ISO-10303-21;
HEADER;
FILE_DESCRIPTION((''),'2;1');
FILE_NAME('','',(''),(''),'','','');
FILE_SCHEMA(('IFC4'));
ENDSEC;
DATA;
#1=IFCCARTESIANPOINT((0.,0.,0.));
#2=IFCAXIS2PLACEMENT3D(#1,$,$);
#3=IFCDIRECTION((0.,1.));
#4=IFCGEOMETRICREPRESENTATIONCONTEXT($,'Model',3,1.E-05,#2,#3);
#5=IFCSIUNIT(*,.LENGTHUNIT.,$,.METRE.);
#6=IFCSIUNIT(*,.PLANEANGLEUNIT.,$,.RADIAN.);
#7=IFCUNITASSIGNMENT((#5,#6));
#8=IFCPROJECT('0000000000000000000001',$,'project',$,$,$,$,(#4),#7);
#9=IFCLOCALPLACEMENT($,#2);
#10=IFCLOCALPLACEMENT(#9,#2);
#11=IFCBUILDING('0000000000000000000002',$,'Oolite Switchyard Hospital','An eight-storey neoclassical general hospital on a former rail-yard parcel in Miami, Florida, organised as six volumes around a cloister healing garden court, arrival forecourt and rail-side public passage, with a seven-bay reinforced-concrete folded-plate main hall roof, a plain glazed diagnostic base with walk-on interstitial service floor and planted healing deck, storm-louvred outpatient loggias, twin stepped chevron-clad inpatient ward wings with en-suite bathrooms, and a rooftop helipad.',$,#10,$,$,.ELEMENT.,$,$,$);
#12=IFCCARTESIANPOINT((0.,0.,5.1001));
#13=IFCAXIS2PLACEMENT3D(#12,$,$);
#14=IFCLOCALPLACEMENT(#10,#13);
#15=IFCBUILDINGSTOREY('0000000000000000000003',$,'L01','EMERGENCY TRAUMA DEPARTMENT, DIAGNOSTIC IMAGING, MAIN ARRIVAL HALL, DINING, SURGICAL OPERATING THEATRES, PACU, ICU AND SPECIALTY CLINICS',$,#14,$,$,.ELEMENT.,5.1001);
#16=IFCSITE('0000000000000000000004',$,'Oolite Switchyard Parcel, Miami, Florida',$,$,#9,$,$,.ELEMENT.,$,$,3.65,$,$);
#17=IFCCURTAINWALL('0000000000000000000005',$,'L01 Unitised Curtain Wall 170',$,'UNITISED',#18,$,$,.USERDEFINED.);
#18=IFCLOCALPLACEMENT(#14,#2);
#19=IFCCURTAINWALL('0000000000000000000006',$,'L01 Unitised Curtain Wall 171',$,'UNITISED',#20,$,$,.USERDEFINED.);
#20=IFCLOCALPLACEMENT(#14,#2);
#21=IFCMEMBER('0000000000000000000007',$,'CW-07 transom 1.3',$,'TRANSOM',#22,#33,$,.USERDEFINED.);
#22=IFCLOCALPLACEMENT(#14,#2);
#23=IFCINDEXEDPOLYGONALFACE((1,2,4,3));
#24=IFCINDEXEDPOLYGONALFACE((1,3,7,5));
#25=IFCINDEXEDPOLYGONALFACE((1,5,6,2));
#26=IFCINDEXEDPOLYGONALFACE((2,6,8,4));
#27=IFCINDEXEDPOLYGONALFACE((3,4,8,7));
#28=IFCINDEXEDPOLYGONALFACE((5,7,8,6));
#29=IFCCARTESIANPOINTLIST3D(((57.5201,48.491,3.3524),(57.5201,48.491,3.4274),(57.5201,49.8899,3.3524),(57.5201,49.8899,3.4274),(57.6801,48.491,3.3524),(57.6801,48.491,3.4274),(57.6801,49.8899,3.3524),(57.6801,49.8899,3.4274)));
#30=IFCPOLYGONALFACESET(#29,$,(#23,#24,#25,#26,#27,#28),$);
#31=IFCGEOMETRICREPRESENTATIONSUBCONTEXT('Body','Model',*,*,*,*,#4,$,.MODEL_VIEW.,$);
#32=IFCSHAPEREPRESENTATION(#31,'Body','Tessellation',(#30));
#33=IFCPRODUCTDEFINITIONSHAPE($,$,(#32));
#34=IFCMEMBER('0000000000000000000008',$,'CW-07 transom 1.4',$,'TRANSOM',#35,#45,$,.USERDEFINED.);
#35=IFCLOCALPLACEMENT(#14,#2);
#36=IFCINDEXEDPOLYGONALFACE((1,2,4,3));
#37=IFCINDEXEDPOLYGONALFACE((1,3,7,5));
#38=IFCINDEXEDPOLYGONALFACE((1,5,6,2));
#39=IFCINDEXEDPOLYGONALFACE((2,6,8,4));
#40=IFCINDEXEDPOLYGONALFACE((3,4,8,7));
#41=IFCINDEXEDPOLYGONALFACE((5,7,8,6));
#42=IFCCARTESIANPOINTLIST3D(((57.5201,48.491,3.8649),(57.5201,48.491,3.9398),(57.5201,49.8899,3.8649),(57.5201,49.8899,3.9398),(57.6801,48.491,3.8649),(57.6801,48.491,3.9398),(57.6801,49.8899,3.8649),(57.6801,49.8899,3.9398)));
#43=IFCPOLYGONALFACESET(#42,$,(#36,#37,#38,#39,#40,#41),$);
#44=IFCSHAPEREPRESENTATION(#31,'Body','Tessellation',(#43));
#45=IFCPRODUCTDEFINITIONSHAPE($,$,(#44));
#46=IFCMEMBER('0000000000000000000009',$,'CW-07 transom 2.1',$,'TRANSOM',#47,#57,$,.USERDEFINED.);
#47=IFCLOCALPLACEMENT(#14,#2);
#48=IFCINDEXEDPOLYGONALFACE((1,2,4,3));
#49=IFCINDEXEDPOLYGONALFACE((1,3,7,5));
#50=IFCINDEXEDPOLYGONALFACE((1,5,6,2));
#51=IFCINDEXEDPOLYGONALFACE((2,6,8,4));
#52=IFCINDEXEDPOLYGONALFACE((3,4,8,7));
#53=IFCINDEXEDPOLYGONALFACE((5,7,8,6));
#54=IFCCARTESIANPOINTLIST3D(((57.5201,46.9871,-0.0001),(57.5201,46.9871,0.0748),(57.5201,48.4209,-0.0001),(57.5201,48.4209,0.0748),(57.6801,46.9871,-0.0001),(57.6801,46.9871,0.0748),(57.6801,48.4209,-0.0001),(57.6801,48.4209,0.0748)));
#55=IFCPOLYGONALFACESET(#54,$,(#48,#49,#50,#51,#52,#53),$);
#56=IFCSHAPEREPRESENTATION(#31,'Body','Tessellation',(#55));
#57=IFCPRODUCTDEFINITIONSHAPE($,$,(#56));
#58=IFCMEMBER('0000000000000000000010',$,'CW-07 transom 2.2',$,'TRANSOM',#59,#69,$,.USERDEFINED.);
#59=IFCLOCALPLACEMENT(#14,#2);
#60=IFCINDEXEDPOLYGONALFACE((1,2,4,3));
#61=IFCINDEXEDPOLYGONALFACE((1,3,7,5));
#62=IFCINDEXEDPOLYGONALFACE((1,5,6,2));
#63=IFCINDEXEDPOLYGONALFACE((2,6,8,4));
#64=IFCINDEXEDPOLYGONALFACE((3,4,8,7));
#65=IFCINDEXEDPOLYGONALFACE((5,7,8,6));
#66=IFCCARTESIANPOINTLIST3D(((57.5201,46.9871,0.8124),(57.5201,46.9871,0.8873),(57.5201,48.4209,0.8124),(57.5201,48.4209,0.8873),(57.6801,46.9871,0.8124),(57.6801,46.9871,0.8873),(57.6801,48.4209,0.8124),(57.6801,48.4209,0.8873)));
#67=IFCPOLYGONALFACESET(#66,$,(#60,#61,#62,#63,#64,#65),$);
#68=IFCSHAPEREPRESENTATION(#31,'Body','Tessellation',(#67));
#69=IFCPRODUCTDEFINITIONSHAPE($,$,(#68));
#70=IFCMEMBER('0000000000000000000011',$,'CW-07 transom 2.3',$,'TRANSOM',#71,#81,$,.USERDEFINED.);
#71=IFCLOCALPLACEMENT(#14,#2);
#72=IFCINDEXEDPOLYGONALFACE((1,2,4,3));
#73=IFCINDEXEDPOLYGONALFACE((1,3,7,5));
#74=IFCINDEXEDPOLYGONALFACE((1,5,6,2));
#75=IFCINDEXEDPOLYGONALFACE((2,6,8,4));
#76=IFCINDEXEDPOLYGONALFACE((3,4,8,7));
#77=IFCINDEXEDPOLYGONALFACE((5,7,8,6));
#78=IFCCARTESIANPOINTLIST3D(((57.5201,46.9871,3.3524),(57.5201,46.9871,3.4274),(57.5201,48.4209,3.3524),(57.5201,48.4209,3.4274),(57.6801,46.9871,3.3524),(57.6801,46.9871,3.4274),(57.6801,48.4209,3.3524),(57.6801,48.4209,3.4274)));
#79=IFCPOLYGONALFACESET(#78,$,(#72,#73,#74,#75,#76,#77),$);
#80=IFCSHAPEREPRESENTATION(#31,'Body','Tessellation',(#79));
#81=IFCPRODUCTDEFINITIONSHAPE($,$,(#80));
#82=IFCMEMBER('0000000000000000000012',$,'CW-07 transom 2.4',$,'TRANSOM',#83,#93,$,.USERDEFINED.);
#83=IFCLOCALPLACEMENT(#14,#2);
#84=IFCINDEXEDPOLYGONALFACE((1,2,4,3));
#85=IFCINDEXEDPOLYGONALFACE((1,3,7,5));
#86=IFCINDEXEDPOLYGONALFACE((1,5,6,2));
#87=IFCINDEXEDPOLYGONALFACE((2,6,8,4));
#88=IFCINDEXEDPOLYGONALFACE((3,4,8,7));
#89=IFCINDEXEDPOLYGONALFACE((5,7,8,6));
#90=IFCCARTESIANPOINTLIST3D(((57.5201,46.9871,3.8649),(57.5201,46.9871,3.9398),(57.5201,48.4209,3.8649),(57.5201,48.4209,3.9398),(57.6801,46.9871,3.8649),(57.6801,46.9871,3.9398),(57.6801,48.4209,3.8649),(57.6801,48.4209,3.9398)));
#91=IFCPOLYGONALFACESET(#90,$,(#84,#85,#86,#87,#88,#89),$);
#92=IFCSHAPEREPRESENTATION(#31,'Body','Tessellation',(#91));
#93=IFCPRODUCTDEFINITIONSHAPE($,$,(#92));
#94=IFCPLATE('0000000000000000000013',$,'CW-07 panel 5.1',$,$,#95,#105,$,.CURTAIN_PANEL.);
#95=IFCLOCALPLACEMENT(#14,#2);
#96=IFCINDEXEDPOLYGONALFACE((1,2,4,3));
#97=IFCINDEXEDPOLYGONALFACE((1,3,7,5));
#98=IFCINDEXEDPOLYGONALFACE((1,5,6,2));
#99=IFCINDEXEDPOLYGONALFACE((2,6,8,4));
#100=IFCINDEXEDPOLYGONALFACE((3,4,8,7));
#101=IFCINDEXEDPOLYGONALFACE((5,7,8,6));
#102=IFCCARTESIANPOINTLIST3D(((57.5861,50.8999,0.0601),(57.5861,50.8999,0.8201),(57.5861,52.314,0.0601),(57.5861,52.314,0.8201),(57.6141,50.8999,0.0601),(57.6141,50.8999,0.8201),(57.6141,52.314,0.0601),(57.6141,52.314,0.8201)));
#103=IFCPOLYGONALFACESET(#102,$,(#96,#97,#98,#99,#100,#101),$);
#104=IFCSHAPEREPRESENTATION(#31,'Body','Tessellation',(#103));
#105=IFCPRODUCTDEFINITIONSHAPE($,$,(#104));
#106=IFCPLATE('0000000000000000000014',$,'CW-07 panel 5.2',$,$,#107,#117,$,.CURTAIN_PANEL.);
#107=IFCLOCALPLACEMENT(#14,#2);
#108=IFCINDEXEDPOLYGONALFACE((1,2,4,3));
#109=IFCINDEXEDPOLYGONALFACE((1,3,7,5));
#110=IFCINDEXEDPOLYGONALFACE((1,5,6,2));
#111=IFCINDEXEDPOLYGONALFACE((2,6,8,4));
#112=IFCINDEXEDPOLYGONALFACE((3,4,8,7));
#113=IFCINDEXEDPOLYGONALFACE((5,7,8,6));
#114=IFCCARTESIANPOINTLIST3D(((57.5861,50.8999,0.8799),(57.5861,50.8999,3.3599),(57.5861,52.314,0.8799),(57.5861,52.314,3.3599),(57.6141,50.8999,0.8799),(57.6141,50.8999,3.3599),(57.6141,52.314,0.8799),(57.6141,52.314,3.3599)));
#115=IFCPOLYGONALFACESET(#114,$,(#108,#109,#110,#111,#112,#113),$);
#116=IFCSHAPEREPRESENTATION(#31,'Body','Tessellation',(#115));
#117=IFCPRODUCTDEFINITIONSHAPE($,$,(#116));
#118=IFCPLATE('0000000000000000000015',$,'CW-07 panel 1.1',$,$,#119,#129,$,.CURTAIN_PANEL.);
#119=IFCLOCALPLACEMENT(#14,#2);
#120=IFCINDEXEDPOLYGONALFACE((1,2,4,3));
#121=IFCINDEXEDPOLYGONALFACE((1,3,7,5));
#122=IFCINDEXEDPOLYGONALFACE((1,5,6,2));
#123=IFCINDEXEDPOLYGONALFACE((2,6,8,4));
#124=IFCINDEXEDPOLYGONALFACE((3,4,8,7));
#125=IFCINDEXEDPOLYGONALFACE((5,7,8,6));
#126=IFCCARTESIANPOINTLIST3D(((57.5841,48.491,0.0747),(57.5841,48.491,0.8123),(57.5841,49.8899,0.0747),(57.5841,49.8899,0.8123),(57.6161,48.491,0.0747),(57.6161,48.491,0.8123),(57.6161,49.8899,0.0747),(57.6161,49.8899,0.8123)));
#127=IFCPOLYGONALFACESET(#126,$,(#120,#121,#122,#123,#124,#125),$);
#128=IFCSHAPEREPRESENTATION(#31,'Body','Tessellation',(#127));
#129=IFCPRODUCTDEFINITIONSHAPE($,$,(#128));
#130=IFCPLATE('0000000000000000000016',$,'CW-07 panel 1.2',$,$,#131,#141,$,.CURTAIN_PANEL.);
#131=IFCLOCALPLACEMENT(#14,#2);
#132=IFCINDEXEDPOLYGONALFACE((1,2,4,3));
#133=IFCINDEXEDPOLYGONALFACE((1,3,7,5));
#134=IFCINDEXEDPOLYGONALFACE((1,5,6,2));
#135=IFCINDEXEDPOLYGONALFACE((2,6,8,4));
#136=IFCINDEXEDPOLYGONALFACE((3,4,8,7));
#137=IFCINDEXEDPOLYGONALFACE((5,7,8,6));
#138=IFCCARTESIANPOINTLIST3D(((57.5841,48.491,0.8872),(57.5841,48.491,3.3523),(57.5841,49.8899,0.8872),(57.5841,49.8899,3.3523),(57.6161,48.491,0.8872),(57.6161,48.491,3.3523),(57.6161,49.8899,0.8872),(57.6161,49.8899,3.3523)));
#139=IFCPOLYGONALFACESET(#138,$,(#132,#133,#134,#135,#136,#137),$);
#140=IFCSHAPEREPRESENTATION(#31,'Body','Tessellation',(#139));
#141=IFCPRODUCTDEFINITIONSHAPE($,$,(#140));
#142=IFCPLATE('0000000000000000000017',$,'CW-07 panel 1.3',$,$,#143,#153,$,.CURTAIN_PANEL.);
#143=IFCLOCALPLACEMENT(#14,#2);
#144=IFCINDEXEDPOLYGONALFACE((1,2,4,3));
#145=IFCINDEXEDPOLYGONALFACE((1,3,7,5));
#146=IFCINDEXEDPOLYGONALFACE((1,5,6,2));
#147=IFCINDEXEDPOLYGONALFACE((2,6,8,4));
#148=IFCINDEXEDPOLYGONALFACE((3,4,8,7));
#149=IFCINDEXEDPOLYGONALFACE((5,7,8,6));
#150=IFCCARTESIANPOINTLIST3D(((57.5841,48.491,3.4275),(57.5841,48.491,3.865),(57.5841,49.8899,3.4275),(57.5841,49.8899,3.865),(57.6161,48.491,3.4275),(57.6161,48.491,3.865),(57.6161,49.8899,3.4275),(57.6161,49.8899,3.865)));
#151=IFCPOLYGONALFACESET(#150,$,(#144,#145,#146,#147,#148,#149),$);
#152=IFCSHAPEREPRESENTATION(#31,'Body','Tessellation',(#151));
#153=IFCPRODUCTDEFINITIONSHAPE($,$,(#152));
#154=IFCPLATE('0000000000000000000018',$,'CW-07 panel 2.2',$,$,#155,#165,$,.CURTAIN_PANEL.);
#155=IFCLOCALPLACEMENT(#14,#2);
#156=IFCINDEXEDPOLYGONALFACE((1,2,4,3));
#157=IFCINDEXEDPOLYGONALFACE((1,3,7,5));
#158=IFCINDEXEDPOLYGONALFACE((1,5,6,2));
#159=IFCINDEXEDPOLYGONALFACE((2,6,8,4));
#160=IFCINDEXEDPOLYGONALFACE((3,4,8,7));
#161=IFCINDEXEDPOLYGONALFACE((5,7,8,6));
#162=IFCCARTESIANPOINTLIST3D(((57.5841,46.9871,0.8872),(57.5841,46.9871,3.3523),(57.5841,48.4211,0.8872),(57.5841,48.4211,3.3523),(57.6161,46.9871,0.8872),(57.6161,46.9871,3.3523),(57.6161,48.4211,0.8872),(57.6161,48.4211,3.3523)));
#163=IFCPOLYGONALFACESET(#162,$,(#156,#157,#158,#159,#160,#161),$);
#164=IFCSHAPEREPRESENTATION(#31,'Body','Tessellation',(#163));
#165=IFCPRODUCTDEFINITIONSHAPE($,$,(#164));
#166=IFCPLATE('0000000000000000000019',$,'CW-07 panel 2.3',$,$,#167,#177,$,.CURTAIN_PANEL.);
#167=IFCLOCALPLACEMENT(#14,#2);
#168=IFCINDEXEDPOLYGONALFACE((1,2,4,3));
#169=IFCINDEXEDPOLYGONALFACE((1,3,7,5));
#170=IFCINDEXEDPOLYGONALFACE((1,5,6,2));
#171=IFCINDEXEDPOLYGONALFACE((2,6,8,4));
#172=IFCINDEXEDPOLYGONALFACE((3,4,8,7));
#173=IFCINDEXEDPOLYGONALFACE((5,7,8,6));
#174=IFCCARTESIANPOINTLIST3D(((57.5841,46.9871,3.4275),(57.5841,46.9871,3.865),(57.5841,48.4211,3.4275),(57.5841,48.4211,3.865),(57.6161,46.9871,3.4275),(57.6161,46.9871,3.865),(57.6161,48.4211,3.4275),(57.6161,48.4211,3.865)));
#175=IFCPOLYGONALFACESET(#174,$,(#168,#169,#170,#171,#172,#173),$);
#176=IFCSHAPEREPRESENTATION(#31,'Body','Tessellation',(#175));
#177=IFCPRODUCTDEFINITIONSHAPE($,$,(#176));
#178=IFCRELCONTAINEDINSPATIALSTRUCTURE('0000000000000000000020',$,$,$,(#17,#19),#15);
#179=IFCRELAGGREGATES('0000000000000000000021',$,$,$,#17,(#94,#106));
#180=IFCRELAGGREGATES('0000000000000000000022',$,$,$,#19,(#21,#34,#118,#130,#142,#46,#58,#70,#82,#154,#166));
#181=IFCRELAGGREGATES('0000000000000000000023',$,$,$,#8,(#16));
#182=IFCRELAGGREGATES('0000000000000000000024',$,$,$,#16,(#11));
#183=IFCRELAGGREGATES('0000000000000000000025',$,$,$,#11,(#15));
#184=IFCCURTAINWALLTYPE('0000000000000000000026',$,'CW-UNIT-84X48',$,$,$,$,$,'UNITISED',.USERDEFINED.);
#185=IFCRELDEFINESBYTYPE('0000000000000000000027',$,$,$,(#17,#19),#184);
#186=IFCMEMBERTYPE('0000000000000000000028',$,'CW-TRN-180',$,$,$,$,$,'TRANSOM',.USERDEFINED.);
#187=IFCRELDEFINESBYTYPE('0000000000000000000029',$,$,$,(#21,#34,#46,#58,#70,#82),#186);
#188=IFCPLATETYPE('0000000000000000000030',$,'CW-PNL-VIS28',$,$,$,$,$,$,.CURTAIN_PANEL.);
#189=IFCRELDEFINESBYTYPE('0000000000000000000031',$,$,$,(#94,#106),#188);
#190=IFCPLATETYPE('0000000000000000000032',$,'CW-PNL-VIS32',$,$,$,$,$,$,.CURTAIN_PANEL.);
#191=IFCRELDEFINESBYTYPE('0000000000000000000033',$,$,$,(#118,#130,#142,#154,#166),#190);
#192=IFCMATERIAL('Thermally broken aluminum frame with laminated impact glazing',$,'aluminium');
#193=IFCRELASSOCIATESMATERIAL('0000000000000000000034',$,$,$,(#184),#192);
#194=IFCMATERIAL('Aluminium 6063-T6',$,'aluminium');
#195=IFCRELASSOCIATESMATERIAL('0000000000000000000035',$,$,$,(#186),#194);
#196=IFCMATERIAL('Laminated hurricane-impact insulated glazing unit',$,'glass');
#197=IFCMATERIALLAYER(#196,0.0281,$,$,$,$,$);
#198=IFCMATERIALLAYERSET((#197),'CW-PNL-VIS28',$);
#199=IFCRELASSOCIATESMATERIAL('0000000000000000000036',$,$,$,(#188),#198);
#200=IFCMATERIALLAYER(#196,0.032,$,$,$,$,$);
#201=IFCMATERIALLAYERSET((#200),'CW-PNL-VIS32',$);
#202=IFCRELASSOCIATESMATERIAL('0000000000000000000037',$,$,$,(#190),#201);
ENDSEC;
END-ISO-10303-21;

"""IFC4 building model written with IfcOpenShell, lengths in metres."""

from ifc_helpers import new_model, si_unit, direction, frame, origin, origin_2d, place, context, subcontext, project, spatial, rectangle, extrude, material, layer, layer_set, material_profile, profile_set, type_object, element, aggregate, save


model = new_model("IFC4")

# Units and contexts
model_context = context("Model", 3, precision=1e-05, world=origin(), true_north=direction((0.0, 1.0)))
body_context = subcontext(model_context, "Body", "Model", "MODEL_VIEW")
ifc_project = project(units=[si_unit("LENGTHUNIT", "METRE"), si_unit("PLANEANGLEUNIT", "RADIAN")], contexts=[model_context])

# Site, building, storey
site_placement = place(None, origin())
site = spatial("IfcSite", under=ifc_project, at=site_placement, Name="Oolite Switchyard Parcel, Miami, Florida", CompositionType="ELEMENT", RefElevation=3.65)
building_placement = place(site_placement, origin())
building = spatial("IfcBuilding", under=site, at=building_placement, Name="Oolite Switchyard Hospital", Description="An eight-storey neoclassical general hospital on a former rail-yard parcel in Miami, Florida, organised as six volumes around a cloister healing garden court, arrival forecourt and rail-side public passage, with a seven-bay reinforced-concrete folded-plate main hall roof, a plain glazed diagnostic base with walk-on interstitial service floor and planted healing deck, storm-louvred outpatient loggias, twin stepped chevron-clad inpatient ward wings with en-suite bathrooms, and a rooftop helipad.", CompositionType="ELEMENT")
storey_placement = place(building_placement, frame((0.0, 0.0, 5.1001)))
storey = spatial("IfcBuildingStorey", under=building, at=storey_placement, Name="L01", Description="EMERGENCY TRAUMA DEPARTMENT, DIAGNOSTIC IMAGING, MAIN ARRIVAL HALL, DINING, SURGICAL OPERATING THEATRES, PACU, ICU AND SPECIALTY CLINICS", CompositionType="ELEMENT", Elevation=5.1001)

# Curtain wall
ifc_material_1 = material(Name="Thermally broken aluminum frame with laminated impact glazing", Category="aluminium")
curtain_wall_type = type_object("IfcCurtainWallType", Name="CW-UNIT-84X48", ElementType="UNITISED", PredefinedType="USERDEFINED", material=ifc_material_1)
curtain_wall_1_placement = place(storey_placement, origin())
curtain_wall_1 = element("IfcCurtainWall", 1, at=curtain_wall_1_placement, inside=storey, type_object=curtain_wall_type, Name="L01 Unitised Curtain Wall 170", ObjectType="UNITISED", PredefinedType="USERDEFINED")
ifc_material_2 = material(Name="Aluminium 6063-T6", Category="aluminium")

# Curtain wall, members
curtain_wall_2_placement = place(storey_placement, origin())
curtain_wall_2 = element("IfcCurtainWall", 2, at=curtain_wall_2_placement, inside=storey, type_object=curtain_wall_type, Name="L01 Unitised Curtain Wall 171", ObjectType="UNITISED", PredefinedType="USERDEFINED")
ifc_material_profile_1 = material_profile(ifc_material_2, rectangle(XDim=0.1599, YDim=0.075, at=origin_2d()), Name="CWT75X160")
ifc_profile_set_1 = profile_set([ifc_material_profile_1], Name="Aluminium 6063-T6")
member_type_1 = type_object("IfcMemberType", Name="CW-TRN-180", ElementType="TRANSOM", PredefinedType="USERDEFINED", material=ifc_profile_set_1)
member_1_placement = place(storey_placement, frame((57.6001, 49.8899, 3.3899), z_axis=(0.0, -1.0, 0.0), x_axis=(1.0, 0.0, 0.0)))
member_1 = element("IfcMember", 3, at=member_1_placement, type_object=member_type_1, Name="CW-07 transom 1.3", ObjectType="TRANSOM", PredefinedType="USERDEFINED", context=body_context, shape_type="SweptSolid", body=[
    extrude(rectangle(XDim=0.1599, YDim=0.075, at=origin_2d()), origin(), (0.0, 0.0, 1.0), 1.3989),
])
member_2_placement = place(storey_placement, frame((57.6001, 49.8899, 3.9023), z_axis=(0.0, -1.0, 0.0), x_axis=(1.0, 0.0, 0.0)))
member_2 = element("IfcMember", 4, at=member_2_placement, type_object=member_type_1, Name="CW-07 transom 1.4", ObjectType="TRANSOM", PredefinedType="USERDEFINED", context=body_context, shape_type="SweptSolid", body=[
    extrude(rectangle(XDim=0.1599, YDim=0.075, at=origin_2d()), origin(), (0.0, 0.0, 1.0), 1.3989),
])
member_3_placement = place(storey_placement, frame((57.6001, 48.4209, 0.0374), z_axis=(0.0, -1.0, 0.0), x_axis=(1.0, 0.0, 0.0)))
member_3 = element("IfcMember", 5, at=member_3_placement, type_object=member_type_1, Name="CW-07 transom 2.1", ObjectType="TRANSOM", PredefinedType="USERDEFINED", context=body_context, shape_type="SweptSolid", body=[
    extrude(rectangle(XDim=0.1599, YDim=0.075, at=origin_2d()), origin(), (0.0, 0.0, 1.0), 1.4338),
])
member_4_placement = place(storey_placement, frame((57.6001, 48.4209, 0.8499), z_axis=(0.0, -1.0, 0.0), x_axis=(1.0, 0.0, 0.0)))
member_4 = element("IfcMember", 6, at=member_4_placement, type_object=member_type_1, Name="CW-07 transom 2.2", ObjectType="TRANSOM", PredefinedType="USERDEFINED", context=body_context, shape_type="SweptSolid", body=[
    extrude(rectangle(XDim=0.1599, YDim=0.075, at=origin_2d()), origin(), (0.0, 0.0, 1.0), 1.4338),
])
member_5_placement = place(storey_placement, frame((57.6001, 48.4209, 3.3899), z_axis=(0.0, -1.0, 0.0), x_axis=(1.0, 0.0, 0.0)))
member_5 = element("IfcMember", 7, at=member_5_placement, type_object=member_type_1, Name="CW-07 transom 2.3", ObjectType="TRANSOM", PredefinedType="USERDEFINED", context=body_context, shape_type="SweptSolid", body=[
    extrude(rectangle(XDim=0.1599, YDim=0.075, at=origin_2d()), origin(), (0.0, 0.0, 1.0), 1.4338),
])
member_6_placement = place(storey_placement, frame((57.6001, 48.4209, 3.9023), z_axis=(0.0, -1.0, 0.0), x_axis=(1.0, 0.0, 0.0)))
member_6 = element("IfcMember", 8, at=member_6_placement, type_object=member_type_1, Name="CW-07 transom 2.4", ObjectType="TRANSOM", PredefinedType="USERDEFINED", context=body_context, shape_type="SweptSolid", body=[
    extrude(rectangle(XDim=0.1599, YDim=0.075, at=origin_2d()), origin(), (0.0, 0.0, 1.0), 1.4338),
])

# Plates
ifc_material_3 = material(Name="Laminated hurricane-impact insulated glazing unit", Category="glass")
ifc_layer_1 = layer(ifc_material_3, 0.0281)
ifc_layer_set_1 = layer_set([ifc_layer_1], Name="CW-PNL-VIS28")
plate_type_1 = type_object("IfcPlateType", Name="CW-PNL-VIS28", PredefinedType="CURTAIN_PANEL", material=ifc_layer_set_1)
plate_1_placement = place(storey_placement, frame((57.6001, 51.6069, 0.0601), z_axis=(0.0, 0.0, 1.0), x_axis=(0.0, -1.0, 0.0)))
plate_1 = element("IfcPlate", 9, at=plate_1_placement, type_object=plate_type_1, Name="CW-07 panel 5.1", PredefinedType="CURTAIN_PANEL", context=body_context, shape_type="SweptSolid", body=[
    extrude(rectangle(XDim=1.4141, YDim=0.0281, at=origin_2d()), origin(), (0.0, 0.0, 1.0), 0.76),
])
plate_2_placement = place(storey_placement, frame((57.6001, 51.6069, 0.8799), z_axis=(0.0, 0.0, 1.0), x_axis=(0.0, -1.0, 0.0)))
plate_2 = element("IfcPlate", 10, at=plate_2_placement, type_object=plate_type_1, Name="CW-07 panel 5.2", PredefinedType="CURTAIN_PANEL", context=body_context, shape_type="SweptSolid", body=[
    extrude(rectangle(XDim=1.4141, YDim=0.0281, at=origin_2d()), origin(), (0.0, 0.0, 1.0), 2.48),
])
aggregate(curtain_wall_1, [plate_1, plate_2])
ifc_layer_2 = layer(ifc_material_3, 0.032)
ifc_layer_set_2 = layer_set([ifc_layer_2], Name="CW-PNL-VIS32")
plate_type_2 = type_object("IfcPlateType", Name="CW-PNL-VIS32", PredefinedType="CURTAIN_PANEL", material=ifc_layer_set_2)
plate_3_placement = place(storey_placement, frame((57.6001, 49.1904, 0.0747), z_axis=(0.0, 0.0, 1.0), x_axis=(0.0, -1.0, 0.0)))
plate_3 = element("IfcPlate", 11, at=plate_3_placement, type_object=plate_type_2, Name="CW-07 panel 1.1", PredefinedType="CURTAIN_PANEL", context=body_context, shape_type="SweptSolid", body=[
    extrude(rectangle(XDim=1.3989, YDim=0.032, at=origin_2d()), origin(), (0.0, 0.0, 1.0), 0.7375),
])
plate_4_placement = place(storey_placement, frame((57.6001, 49.1904, 0.8872), z_axis=(0.0, 0.0, 1.0), x_axis=(0.0, -1.0, 0.0)))
plate_4 = element("IfcPlate", 12, at=plate_4_placement, type_object=plate_type_2, Name="CW-07 panel 1.2", PredefinedType="CURTAIN_PANEL", context=body_context, shape_type="SweptSolid", body=[
    extrude(rectangle(XDim=1.3989, YDim=0.032, at=origin_2d()), origin(), (0.0, 0.0, 1.0), 2.4651),
])
plate_5_placement = place(storey_placement, frame((57.6001, 49.1904, 3.4275), z_axis=(0.0, 0.0, 1.0), x_axis=(0.0, -1.0, 0.0)))
plate_5 = element("IfcPlate", 13, at=plate_5_placement, type_object=plate_type_2, Name="CW-07 panel 1.3", PredefinedType="CURTAIN_PANEL", context=body_context, shape_type="SweptSolid", body=[
    extrude(rectangle(XDim=1.3989, YDim=0.032, at=origin_2d()), origin(), (0.0, 0.0, 1.0), 0.4375),
])
plate_6_placement = place(storey_placement, frame((57.6001, 47.7041, 0.8872), z_axis=(0.0, 0.0, 1.0), x_axis=(0.0, -1.0, 0.0)))
plate_6 = element("IfcPlate", 14, at=plate_6_placement, type_object=plate_type_2, Name="CW-07 panel 2.2", PredefinedType="CURTAIN_PANEL", context=body_context, shape_type="SweptSolid", body=[
    extrude(rectangle(XDim=1.4341, YDim=0.032, at=origin_2d()), origin(), (0.0, 0.0, 1.0), 2.4651),
])
plate_7_placement = place(storey_placement, frame((57.6001, 47.7041, 3.4275), z_axis=(0.0, 0.0, 1.0), x_axis=(0.0, -1.0, 0.0)))
plate_7 = element("IfcPlate", 15, at=plate_7_placement, type_object=plate_type_2, Name="CW-07 panel 2.3", PredefinedType="CURTAIN_PANEL", context=body_context, shape_type="SweptSolid", body=[
    extrude(rectangle(XDim=1.4341, YDim=0.032, at=origin_2d()), origin(), (0.0, 0.0, 1.0), 0.4375),
])
aggregate(curtain_wall_2, [member_1, member_2, plate_3, plate_4, plate_5, member_3, member_4, member_5, member_6, plate_6, plate_7])

save(model, "model.ifc")
